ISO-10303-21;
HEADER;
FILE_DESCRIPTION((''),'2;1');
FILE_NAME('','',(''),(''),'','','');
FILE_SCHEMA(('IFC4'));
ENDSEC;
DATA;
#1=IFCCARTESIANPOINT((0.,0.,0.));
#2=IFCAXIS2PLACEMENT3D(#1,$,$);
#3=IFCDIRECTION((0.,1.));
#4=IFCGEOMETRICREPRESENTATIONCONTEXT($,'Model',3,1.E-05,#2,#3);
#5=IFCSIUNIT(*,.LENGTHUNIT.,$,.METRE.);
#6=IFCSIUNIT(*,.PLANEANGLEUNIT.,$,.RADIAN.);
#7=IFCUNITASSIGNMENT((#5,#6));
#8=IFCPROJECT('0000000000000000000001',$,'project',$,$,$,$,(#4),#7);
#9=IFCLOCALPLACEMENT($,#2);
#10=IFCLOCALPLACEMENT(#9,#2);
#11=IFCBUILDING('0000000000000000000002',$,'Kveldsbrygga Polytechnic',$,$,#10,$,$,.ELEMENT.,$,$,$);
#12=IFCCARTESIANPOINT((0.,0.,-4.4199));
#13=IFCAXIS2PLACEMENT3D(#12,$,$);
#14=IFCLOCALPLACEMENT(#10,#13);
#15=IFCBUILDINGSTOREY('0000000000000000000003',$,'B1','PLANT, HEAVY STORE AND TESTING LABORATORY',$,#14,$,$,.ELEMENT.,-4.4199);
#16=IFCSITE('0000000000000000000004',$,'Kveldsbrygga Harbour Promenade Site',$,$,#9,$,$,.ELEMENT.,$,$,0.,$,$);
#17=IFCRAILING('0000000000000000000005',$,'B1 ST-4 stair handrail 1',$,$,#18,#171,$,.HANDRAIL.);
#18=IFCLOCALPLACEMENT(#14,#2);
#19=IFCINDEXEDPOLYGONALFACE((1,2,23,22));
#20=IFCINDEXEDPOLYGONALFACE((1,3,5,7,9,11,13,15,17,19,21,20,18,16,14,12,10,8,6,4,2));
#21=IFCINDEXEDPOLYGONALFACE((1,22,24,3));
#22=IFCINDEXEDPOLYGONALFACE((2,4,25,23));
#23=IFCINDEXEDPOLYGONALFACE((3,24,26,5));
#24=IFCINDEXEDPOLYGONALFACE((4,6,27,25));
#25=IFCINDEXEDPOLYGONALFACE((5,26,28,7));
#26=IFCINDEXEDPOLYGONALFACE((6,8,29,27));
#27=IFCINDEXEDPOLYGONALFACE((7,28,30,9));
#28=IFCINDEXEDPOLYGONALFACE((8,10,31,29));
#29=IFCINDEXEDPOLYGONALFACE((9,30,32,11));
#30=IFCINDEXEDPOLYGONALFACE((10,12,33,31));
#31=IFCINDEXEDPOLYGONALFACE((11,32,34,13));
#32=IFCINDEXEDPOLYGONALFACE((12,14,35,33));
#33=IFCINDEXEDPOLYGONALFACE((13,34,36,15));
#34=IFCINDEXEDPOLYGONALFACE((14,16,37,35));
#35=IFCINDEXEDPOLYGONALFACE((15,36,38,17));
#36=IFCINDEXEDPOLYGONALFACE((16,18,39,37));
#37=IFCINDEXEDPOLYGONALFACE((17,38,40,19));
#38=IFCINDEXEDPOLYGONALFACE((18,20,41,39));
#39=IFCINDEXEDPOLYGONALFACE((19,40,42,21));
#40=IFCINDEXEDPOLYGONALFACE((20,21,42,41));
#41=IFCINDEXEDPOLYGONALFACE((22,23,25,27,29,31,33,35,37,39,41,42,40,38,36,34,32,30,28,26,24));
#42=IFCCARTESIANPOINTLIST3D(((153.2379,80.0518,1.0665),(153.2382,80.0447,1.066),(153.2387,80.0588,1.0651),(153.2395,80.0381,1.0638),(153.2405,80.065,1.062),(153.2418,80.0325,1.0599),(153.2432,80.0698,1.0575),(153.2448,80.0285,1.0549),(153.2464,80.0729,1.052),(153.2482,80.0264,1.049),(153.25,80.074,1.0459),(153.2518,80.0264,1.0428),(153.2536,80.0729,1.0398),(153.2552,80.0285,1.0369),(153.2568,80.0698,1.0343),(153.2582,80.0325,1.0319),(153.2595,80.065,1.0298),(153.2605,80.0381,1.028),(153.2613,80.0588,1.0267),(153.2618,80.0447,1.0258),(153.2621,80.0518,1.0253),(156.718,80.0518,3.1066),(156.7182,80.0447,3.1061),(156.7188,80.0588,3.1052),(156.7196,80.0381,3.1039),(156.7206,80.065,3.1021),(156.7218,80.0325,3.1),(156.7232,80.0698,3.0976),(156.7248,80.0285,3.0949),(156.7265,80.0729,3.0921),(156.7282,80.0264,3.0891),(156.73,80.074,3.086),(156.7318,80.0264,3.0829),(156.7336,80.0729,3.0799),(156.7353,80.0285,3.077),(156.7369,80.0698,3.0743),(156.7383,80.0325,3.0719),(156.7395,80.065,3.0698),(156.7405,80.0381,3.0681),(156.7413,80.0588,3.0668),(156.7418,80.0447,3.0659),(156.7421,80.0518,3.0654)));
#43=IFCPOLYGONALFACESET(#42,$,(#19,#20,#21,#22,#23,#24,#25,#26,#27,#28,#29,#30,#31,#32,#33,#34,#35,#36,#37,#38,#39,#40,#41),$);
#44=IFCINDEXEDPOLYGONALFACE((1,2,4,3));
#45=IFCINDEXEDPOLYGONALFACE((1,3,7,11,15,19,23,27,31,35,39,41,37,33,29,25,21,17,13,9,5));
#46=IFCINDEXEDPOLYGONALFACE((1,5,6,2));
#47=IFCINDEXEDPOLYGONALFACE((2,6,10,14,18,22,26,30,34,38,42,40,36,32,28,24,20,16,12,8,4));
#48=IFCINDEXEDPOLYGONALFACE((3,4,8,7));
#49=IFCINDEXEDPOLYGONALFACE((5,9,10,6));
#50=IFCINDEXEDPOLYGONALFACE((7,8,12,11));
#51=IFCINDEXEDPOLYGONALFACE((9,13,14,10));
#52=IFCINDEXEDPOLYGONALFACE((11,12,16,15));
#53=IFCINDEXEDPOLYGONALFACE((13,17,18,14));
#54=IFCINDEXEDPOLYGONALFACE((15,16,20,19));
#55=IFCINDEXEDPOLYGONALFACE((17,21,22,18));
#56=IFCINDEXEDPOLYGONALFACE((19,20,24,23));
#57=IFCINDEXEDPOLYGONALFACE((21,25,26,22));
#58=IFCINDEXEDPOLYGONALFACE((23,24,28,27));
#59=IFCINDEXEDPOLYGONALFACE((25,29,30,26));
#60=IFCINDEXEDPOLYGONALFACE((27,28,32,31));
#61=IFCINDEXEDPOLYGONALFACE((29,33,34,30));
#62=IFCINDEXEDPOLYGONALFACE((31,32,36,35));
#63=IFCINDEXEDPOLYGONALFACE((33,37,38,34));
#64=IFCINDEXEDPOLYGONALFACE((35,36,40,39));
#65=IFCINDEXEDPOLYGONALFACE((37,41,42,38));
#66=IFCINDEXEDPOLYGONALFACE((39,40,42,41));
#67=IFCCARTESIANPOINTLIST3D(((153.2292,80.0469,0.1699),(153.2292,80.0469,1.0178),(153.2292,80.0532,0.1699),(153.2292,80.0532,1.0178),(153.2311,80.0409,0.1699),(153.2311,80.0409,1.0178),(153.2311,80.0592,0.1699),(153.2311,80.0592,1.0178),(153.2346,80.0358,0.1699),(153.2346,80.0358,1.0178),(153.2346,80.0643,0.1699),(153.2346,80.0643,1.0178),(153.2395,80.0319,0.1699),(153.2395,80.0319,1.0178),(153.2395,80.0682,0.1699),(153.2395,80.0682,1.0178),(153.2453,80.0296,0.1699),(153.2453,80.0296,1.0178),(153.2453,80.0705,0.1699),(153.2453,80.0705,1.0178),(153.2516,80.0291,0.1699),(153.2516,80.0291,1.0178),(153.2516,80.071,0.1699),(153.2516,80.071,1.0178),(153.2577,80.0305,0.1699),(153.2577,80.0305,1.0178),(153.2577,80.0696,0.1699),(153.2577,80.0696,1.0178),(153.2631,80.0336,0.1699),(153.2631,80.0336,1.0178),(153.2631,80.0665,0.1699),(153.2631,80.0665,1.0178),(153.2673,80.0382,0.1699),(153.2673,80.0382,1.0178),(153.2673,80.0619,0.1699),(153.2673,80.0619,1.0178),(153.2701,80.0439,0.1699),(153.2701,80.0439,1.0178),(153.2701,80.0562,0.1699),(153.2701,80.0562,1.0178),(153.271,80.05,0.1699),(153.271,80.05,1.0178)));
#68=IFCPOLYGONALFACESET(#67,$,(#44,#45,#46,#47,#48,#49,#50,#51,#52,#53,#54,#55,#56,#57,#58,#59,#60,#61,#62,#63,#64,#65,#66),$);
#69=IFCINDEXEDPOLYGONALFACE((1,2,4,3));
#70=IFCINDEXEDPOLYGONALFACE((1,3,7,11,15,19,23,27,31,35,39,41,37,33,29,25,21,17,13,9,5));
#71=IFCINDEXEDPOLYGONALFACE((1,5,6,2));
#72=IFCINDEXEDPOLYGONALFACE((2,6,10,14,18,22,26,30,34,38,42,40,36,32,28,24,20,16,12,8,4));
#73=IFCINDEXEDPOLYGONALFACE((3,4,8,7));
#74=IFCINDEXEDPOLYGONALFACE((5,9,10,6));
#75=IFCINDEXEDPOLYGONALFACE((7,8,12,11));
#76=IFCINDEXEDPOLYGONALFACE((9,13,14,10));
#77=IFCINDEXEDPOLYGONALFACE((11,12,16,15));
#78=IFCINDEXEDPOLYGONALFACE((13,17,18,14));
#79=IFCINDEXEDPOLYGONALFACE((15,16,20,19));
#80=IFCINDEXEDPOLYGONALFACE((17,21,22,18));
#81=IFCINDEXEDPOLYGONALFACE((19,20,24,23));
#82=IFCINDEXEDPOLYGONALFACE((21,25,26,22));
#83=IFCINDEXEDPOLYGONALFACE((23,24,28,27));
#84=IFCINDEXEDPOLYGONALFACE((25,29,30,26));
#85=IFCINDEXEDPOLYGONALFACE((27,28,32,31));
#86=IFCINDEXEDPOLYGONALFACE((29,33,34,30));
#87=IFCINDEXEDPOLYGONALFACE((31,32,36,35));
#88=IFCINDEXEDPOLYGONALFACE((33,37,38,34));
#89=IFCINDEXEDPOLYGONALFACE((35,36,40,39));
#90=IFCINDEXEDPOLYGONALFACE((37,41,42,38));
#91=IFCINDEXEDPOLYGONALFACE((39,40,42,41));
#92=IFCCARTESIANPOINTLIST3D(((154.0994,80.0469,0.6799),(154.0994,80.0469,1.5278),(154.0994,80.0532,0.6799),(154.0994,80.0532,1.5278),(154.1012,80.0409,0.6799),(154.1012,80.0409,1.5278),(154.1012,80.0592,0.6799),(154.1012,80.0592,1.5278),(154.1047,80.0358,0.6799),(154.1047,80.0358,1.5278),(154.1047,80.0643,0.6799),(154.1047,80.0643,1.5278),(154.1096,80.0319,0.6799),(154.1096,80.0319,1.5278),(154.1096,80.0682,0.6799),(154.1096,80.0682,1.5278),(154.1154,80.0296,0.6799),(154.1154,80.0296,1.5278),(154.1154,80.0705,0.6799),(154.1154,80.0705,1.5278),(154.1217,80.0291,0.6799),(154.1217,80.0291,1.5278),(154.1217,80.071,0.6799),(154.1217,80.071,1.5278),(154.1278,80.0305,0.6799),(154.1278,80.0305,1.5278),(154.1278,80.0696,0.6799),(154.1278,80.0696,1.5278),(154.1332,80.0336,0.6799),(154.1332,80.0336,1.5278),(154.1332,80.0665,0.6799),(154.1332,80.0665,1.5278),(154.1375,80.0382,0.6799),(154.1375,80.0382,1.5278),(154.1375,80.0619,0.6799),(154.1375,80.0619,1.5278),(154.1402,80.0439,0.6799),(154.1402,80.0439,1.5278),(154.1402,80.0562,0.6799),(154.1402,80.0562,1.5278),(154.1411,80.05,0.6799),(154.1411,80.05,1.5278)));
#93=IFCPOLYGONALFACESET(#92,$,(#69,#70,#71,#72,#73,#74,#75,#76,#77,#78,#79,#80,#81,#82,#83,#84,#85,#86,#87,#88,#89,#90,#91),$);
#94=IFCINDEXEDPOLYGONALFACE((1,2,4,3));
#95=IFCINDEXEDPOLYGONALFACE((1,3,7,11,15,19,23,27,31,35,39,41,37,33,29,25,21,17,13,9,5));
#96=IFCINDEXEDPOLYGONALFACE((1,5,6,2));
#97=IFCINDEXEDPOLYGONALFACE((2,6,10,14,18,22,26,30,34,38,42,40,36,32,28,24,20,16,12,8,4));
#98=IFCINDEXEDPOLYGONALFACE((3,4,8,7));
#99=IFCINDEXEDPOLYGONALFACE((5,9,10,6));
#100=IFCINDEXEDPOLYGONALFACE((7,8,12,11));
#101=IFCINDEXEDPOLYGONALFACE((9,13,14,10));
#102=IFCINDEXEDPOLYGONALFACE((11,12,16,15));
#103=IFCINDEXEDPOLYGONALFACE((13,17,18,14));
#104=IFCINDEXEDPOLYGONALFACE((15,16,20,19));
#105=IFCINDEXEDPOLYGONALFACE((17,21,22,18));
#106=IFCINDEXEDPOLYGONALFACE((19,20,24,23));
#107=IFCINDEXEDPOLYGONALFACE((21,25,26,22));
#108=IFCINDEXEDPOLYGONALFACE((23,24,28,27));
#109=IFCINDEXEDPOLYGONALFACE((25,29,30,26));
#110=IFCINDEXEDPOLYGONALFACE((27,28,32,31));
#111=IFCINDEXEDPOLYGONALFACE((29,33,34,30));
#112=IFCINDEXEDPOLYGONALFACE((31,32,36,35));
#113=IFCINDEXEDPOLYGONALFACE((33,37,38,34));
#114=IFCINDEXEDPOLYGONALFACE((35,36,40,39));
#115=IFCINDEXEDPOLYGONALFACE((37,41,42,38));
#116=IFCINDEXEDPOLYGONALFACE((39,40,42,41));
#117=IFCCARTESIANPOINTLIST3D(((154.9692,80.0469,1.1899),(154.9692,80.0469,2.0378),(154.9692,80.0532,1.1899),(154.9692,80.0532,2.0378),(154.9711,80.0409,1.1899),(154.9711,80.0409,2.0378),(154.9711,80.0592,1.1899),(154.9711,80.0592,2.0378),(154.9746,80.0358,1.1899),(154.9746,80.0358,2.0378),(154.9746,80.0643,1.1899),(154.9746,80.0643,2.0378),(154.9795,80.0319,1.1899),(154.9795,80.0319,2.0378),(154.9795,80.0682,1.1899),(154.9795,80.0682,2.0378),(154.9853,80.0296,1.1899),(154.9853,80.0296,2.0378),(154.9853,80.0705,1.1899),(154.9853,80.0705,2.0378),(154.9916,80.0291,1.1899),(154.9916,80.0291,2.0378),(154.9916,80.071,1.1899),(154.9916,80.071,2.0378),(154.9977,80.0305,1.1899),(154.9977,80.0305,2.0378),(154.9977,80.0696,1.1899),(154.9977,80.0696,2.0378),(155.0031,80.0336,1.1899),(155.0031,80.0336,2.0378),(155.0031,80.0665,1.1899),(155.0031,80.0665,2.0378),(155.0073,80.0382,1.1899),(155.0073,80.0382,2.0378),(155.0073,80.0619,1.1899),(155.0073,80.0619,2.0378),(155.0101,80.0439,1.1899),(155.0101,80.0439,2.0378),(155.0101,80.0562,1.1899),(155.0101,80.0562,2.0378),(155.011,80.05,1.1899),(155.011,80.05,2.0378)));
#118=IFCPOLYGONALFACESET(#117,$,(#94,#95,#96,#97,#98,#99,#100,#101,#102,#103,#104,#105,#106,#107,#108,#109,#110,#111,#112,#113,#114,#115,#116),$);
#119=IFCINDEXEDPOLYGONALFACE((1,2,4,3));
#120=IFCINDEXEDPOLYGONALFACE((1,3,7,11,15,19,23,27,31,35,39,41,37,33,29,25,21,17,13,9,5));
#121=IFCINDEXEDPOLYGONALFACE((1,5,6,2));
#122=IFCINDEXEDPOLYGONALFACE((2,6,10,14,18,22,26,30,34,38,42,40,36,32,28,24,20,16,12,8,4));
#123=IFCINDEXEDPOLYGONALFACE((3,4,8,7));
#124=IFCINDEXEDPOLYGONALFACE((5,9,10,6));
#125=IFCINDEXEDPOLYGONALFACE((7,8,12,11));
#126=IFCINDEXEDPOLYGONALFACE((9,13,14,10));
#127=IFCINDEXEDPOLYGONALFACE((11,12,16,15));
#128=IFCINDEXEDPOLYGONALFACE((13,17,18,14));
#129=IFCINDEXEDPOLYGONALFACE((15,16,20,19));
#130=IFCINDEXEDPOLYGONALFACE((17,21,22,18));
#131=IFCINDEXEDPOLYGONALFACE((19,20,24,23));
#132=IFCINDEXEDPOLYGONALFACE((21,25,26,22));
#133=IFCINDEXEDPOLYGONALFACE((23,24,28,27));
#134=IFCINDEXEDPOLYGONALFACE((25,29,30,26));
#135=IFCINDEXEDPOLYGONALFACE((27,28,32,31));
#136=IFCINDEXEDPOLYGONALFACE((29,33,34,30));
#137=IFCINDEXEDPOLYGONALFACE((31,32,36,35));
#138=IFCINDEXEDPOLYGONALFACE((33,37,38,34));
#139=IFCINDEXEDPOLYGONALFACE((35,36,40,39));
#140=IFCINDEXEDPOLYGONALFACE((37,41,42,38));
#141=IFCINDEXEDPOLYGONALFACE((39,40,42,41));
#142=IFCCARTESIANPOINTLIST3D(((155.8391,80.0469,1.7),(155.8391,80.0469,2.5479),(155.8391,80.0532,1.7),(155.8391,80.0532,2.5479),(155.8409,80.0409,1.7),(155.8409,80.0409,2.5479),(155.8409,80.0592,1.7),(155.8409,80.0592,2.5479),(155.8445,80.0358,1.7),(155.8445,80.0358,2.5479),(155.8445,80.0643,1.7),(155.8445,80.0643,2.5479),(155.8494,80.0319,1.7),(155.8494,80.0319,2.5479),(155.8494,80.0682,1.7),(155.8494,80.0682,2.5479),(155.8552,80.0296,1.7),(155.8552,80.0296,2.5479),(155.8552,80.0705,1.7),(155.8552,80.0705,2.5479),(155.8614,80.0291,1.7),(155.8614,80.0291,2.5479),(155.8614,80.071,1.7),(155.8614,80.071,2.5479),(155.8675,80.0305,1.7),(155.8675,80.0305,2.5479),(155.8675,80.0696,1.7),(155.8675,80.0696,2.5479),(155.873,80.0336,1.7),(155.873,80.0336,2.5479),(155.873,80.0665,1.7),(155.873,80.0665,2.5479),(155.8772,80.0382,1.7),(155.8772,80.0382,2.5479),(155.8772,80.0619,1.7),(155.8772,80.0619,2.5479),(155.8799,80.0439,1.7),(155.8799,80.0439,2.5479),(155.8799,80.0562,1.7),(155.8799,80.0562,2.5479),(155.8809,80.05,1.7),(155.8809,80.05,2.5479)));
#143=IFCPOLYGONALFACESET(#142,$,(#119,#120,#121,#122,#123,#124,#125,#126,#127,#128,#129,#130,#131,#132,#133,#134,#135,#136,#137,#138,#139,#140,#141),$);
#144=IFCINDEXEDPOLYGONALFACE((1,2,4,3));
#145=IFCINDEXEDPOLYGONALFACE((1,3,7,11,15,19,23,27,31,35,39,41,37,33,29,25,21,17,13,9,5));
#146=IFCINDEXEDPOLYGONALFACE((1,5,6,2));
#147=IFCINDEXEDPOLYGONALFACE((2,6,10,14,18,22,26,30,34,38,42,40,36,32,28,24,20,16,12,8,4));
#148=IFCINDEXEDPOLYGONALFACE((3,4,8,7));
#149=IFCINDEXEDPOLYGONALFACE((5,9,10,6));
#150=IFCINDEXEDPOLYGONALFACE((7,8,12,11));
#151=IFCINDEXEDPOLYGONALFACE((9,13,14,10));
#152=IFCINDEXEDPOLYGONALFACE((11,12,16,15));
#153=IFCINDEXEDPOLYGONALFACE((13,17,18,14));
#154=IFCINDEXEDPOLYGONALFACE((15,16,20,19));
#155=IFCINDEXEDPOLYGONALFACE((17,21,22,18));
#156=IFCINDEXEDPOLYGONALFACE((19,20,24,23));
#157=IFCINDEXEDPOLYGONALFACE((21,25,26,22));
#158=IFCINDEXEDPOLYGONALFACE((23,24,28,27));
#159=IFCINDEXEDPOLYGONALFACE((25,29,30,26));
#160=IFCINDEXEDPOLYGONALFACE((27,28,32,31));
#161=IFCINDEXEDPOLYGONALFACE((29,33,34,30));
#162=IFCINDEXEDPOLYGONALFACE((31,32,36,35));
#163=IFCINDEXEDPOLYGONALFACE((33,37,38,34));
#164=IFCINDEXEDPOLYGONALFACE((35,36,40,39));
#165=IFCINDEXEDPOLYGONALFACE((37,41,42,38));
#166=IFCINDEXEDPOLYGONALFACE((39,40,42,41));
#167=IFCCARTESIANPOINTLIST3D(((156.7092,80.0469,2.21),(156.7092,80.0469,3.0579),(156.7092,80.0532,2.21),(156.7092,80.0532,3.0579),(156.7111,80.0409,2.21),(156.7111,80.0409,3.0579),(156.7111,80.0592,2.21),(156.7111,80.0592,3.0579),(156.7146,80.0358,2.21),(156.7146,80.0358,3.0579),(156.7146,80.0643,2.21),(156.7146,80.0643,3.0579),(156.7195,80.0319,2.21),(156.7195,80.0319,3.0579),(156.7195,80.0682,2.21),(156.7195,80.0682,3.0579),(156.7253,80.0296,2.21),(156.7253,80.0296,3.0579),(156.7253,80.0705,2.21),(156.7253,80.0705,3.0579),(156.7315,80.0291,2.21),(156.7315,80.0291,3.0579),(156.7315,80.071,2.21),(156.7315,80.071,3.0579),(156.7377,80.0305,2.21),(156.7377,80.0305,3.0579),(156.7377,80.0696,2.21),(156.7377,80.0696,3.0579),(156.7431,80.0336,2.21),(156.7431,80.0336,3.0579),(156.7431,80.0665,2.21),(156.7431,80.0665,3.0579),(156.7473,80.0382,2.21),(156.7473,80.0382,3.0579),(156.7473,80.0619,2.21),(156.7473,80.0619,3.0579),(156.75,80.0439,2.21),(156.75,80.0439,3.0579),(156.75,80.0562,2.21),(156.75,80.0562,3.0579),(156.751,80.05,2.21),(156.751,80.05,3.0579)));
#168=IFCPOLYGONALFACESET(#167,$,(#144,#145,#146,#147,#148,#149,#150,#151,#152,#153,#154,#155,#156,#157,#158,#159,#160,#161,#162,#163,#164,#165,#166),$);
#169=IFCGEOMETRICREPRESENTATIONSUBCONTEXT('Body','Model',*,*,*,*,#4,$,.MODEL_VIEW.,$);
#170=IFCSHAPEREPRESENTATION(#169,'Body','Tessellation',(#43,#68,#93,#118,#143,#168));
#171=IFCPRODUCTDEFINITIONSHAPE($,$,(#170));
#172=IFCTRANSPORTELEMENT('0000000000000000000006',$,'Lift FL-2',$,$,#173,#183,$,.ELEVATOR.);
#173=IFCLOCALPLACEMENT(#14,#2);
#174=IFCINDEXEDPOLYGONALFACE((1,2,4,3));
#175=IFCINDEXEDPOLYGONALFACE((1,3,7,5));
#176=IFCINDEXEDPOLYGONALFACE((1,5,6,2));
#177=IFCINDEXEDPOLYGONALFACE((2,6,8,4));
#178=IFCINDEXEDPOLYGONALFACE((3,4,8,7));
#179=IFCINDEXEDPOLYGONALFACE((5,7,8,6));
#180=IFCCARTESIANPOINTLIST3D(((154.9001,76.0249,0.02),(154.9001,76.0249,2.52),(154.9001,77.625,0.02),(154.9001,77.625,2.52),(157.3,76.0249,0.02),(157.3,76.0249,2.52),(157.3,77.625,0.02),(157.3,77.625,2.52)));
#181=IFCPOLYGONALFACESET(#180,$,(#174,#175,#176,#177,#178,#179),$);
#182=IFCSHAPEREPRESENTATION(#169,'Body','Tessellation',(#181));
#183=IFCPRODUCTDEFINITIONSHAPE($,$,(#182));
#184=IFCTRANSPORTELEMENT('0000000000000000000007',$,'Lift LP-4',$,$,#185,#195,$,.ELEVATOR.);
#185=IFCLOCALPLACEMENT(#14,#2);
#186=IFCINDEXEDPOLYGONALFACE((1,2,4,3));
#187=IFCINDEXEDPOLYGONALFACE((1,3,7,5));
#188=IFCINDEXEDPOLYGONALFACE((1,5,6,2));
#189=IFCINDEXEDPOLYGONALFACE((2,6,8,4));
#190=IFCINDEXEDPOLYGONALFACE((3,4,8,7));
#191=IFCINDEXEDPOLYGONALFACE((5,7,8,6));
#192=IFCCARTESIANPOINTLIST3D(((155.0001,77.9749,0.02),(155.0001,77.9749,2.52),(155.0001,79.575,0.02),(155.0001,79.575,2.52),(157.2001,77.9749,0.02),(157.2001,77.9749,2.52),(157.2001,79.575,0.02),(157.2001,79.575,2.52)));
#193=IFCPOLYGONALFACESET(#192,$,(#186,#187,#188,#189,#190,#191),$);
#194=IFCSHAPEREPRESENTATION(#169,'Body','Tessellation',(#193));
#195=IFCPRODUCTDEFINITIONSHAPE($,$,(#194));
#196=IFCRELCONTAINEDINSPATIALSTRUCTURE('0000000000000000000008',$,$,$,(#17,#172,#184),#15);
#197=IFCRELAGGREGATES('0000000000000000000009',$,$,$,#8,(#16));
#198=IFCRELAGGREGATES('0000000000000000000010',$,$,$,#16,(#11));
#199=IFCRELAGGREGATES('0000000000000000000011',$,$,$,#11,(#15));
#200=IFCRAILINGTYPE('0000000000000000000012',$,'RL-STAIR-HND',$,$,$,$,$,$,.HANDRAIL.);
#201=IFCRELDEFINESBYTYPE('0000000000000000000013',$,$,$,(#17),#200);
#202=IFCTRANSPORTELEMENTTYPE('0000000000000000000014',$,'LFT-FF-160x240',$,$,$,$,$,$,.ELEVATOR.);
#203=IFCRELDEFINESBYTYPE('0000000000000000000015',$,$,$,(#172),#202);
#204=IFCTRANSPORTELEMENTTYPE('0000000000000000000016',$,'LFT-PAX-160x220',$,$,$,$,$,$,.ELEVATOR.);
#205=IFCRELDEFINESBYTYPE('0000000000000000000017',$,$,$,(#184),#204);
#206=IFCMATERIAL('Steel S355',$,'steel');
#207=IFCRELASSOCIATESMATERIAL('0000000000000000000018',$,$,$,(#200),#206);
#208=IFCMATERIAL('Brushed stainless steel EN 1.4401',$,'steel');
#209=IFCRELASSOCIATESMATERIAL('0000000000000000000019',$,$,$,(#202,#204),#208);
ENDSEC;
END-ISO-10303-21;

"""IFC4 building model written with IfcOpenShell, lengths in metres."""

from ifc_helpers import new_model, si_unit, direction, frame, origin, origin_2d, place, context, subcontext, project, spatial, rectangle, circle, extrude, material, type_object, element, save


model = new_model("IFC4")

# Units and contexts
model_context = context("Model", 3, precision=1e-05, world=origin(), true_north=direction((0.0, 1.0)))
body_context = subcontext(model_context, "Body", "Model", "MODEL_VIEW")
ifc_project = project(units=[si_unit("LENGTHUNIT", "METRE"), si_unit("PLANEANGLEUNIT", "RADIAN")], contexts=[model_context])

# Site, building, storey
site_placement = place(None, origin())
site = spatial("IfcSite", under=ifc_project, at=site_placement, Name="Kveldsbrygga Harbour Promenade Site", CompositionType="ELEMENT", RefElevation=0.0)
building_placement = place(site_placement, origin())
building = spatial("IfcBuilding", under=site, at=building_placement, Name="Kveldsbrygga Polytechnic", CompositionType="ELEMENT")
storey_placement = place(building_placement, frame((0.0, 0.0, -4.4199)))
storey = spatial("IfcBuildingStorey", under=building, at=storey_placement, Name="B1", Description="PLANT, HEAVY STORE AND TESTING LABORATORY", CompositionType="ELEMENT", Elevation=-4.4199)

# Shared definitions
ifc_material_1 = material(Name="Brushed stainless steel EN 1.4401", Category="steel")

# Railing
ifc_material_2 = material(Name="Steel S355", Category="steel")
railing_type = type_object("IfcRailingType", Name="RL-STAIR-HND", PredefinedType="HANDRAIL", material=ifc_material_2)
railing_placement = place(storey_placement, frame((153.25, 80.05, 0.1699)))
element("IfcRailing", 1, at=railing_placement, inside=storey, type_object=railing_type, Name="B1 ST-4 stair handrail 1", PredefinedType="HANDRAIL", context=body_context, shape_type="SweptSolid", body=[
    extrude(circle(Radius=0.0239, at=origin_2d()), frame((0.0, 0.0, 0.876), z_axis=(0.862693, 0.0, 0.505729), x_axis=(0.0, 1.0, 0.0)), (0.0, 0.0, 1.0), 4.0339),
    extrude(circle(Radius=0.021, at=origin_2d()), origin(), (0.0, 0.0, 1.0), 0.8479),
    extrude(circle(Radius=0.021, at=origin_2d()), frame((0.8701, 0.0, 0.51)), (0.0, 0.0, 1.0), 0.8479),
    extrude(circle(Radius=0.021, at=origin_2d()), frame((1.74, 0.0, 1.02)), (0.0, 0.0, 1.0), 0.8479),
    extrude(circle(Radius=0.021, at=origin_2d()), frame((2.6099, 0.0, 1.53)), (0.0, 0.0, 1.0), 0.8479),
    extrude(circle(Radius=0.021, at=origin_2d()), frame((3.48, 0.0, 2.04)), (0.0, 0.0, 1.0), 0.8479),
])

# Transport elements
transport_element_type_1 = type_object("IfcTransportElementType", Name="LFT-FF-160x240", PredefinedType="ELEVATOR", material=ifc_material_1)
transport_element_1_placement = place(storey_placement, frame((156.1001, 76.825, 0.02), z_axis=(0.0, 0.0, 1.0), x_axis=(1.0, 0.0, 0.0)))
element("IfcTransportElement", 2, at=transport_element_1_placement, inside=storey, type_object=transport_element_type_1, Name="Lift FL-2", PredefinedType="ELEVATOR", context=body_context, shape_type="SweptSolid", body=[
    extrude(rectangle(XDim=2.3999, YDim=1.6001, at=origin_2d()), origin(), (0.0, 0.0, 1.0), 2.5),
])
transport_element_type_2 = type_object("IfcTransportElementType", Name="LFT-PAX-160x220", PredefinedType="ELEVATOR", material=ifc_material_1)
transport_element_2_placement = place(storey_placement, frame((156.1001, 78.7749, 0.02), z_axis=(0.0, 0.0, 1.0), x_axis=(1.0, 0.0, 0.0)))
element("IfcTransportElement", 3, at=transport_element_2_placement, inside=storey, type_object=transport_element_type_2, Name="Lift LP-4", PredefinedType="ELEVATOR", context=body_context, shape_type="SweptSolid", body=[
    extrude(rectangle(XDim=2.2, YDim=1.6001, at=origin_2d()), origin(), (0.0, 0.0, 1.0), 2.5),
])

save(model, "model.ifc")
